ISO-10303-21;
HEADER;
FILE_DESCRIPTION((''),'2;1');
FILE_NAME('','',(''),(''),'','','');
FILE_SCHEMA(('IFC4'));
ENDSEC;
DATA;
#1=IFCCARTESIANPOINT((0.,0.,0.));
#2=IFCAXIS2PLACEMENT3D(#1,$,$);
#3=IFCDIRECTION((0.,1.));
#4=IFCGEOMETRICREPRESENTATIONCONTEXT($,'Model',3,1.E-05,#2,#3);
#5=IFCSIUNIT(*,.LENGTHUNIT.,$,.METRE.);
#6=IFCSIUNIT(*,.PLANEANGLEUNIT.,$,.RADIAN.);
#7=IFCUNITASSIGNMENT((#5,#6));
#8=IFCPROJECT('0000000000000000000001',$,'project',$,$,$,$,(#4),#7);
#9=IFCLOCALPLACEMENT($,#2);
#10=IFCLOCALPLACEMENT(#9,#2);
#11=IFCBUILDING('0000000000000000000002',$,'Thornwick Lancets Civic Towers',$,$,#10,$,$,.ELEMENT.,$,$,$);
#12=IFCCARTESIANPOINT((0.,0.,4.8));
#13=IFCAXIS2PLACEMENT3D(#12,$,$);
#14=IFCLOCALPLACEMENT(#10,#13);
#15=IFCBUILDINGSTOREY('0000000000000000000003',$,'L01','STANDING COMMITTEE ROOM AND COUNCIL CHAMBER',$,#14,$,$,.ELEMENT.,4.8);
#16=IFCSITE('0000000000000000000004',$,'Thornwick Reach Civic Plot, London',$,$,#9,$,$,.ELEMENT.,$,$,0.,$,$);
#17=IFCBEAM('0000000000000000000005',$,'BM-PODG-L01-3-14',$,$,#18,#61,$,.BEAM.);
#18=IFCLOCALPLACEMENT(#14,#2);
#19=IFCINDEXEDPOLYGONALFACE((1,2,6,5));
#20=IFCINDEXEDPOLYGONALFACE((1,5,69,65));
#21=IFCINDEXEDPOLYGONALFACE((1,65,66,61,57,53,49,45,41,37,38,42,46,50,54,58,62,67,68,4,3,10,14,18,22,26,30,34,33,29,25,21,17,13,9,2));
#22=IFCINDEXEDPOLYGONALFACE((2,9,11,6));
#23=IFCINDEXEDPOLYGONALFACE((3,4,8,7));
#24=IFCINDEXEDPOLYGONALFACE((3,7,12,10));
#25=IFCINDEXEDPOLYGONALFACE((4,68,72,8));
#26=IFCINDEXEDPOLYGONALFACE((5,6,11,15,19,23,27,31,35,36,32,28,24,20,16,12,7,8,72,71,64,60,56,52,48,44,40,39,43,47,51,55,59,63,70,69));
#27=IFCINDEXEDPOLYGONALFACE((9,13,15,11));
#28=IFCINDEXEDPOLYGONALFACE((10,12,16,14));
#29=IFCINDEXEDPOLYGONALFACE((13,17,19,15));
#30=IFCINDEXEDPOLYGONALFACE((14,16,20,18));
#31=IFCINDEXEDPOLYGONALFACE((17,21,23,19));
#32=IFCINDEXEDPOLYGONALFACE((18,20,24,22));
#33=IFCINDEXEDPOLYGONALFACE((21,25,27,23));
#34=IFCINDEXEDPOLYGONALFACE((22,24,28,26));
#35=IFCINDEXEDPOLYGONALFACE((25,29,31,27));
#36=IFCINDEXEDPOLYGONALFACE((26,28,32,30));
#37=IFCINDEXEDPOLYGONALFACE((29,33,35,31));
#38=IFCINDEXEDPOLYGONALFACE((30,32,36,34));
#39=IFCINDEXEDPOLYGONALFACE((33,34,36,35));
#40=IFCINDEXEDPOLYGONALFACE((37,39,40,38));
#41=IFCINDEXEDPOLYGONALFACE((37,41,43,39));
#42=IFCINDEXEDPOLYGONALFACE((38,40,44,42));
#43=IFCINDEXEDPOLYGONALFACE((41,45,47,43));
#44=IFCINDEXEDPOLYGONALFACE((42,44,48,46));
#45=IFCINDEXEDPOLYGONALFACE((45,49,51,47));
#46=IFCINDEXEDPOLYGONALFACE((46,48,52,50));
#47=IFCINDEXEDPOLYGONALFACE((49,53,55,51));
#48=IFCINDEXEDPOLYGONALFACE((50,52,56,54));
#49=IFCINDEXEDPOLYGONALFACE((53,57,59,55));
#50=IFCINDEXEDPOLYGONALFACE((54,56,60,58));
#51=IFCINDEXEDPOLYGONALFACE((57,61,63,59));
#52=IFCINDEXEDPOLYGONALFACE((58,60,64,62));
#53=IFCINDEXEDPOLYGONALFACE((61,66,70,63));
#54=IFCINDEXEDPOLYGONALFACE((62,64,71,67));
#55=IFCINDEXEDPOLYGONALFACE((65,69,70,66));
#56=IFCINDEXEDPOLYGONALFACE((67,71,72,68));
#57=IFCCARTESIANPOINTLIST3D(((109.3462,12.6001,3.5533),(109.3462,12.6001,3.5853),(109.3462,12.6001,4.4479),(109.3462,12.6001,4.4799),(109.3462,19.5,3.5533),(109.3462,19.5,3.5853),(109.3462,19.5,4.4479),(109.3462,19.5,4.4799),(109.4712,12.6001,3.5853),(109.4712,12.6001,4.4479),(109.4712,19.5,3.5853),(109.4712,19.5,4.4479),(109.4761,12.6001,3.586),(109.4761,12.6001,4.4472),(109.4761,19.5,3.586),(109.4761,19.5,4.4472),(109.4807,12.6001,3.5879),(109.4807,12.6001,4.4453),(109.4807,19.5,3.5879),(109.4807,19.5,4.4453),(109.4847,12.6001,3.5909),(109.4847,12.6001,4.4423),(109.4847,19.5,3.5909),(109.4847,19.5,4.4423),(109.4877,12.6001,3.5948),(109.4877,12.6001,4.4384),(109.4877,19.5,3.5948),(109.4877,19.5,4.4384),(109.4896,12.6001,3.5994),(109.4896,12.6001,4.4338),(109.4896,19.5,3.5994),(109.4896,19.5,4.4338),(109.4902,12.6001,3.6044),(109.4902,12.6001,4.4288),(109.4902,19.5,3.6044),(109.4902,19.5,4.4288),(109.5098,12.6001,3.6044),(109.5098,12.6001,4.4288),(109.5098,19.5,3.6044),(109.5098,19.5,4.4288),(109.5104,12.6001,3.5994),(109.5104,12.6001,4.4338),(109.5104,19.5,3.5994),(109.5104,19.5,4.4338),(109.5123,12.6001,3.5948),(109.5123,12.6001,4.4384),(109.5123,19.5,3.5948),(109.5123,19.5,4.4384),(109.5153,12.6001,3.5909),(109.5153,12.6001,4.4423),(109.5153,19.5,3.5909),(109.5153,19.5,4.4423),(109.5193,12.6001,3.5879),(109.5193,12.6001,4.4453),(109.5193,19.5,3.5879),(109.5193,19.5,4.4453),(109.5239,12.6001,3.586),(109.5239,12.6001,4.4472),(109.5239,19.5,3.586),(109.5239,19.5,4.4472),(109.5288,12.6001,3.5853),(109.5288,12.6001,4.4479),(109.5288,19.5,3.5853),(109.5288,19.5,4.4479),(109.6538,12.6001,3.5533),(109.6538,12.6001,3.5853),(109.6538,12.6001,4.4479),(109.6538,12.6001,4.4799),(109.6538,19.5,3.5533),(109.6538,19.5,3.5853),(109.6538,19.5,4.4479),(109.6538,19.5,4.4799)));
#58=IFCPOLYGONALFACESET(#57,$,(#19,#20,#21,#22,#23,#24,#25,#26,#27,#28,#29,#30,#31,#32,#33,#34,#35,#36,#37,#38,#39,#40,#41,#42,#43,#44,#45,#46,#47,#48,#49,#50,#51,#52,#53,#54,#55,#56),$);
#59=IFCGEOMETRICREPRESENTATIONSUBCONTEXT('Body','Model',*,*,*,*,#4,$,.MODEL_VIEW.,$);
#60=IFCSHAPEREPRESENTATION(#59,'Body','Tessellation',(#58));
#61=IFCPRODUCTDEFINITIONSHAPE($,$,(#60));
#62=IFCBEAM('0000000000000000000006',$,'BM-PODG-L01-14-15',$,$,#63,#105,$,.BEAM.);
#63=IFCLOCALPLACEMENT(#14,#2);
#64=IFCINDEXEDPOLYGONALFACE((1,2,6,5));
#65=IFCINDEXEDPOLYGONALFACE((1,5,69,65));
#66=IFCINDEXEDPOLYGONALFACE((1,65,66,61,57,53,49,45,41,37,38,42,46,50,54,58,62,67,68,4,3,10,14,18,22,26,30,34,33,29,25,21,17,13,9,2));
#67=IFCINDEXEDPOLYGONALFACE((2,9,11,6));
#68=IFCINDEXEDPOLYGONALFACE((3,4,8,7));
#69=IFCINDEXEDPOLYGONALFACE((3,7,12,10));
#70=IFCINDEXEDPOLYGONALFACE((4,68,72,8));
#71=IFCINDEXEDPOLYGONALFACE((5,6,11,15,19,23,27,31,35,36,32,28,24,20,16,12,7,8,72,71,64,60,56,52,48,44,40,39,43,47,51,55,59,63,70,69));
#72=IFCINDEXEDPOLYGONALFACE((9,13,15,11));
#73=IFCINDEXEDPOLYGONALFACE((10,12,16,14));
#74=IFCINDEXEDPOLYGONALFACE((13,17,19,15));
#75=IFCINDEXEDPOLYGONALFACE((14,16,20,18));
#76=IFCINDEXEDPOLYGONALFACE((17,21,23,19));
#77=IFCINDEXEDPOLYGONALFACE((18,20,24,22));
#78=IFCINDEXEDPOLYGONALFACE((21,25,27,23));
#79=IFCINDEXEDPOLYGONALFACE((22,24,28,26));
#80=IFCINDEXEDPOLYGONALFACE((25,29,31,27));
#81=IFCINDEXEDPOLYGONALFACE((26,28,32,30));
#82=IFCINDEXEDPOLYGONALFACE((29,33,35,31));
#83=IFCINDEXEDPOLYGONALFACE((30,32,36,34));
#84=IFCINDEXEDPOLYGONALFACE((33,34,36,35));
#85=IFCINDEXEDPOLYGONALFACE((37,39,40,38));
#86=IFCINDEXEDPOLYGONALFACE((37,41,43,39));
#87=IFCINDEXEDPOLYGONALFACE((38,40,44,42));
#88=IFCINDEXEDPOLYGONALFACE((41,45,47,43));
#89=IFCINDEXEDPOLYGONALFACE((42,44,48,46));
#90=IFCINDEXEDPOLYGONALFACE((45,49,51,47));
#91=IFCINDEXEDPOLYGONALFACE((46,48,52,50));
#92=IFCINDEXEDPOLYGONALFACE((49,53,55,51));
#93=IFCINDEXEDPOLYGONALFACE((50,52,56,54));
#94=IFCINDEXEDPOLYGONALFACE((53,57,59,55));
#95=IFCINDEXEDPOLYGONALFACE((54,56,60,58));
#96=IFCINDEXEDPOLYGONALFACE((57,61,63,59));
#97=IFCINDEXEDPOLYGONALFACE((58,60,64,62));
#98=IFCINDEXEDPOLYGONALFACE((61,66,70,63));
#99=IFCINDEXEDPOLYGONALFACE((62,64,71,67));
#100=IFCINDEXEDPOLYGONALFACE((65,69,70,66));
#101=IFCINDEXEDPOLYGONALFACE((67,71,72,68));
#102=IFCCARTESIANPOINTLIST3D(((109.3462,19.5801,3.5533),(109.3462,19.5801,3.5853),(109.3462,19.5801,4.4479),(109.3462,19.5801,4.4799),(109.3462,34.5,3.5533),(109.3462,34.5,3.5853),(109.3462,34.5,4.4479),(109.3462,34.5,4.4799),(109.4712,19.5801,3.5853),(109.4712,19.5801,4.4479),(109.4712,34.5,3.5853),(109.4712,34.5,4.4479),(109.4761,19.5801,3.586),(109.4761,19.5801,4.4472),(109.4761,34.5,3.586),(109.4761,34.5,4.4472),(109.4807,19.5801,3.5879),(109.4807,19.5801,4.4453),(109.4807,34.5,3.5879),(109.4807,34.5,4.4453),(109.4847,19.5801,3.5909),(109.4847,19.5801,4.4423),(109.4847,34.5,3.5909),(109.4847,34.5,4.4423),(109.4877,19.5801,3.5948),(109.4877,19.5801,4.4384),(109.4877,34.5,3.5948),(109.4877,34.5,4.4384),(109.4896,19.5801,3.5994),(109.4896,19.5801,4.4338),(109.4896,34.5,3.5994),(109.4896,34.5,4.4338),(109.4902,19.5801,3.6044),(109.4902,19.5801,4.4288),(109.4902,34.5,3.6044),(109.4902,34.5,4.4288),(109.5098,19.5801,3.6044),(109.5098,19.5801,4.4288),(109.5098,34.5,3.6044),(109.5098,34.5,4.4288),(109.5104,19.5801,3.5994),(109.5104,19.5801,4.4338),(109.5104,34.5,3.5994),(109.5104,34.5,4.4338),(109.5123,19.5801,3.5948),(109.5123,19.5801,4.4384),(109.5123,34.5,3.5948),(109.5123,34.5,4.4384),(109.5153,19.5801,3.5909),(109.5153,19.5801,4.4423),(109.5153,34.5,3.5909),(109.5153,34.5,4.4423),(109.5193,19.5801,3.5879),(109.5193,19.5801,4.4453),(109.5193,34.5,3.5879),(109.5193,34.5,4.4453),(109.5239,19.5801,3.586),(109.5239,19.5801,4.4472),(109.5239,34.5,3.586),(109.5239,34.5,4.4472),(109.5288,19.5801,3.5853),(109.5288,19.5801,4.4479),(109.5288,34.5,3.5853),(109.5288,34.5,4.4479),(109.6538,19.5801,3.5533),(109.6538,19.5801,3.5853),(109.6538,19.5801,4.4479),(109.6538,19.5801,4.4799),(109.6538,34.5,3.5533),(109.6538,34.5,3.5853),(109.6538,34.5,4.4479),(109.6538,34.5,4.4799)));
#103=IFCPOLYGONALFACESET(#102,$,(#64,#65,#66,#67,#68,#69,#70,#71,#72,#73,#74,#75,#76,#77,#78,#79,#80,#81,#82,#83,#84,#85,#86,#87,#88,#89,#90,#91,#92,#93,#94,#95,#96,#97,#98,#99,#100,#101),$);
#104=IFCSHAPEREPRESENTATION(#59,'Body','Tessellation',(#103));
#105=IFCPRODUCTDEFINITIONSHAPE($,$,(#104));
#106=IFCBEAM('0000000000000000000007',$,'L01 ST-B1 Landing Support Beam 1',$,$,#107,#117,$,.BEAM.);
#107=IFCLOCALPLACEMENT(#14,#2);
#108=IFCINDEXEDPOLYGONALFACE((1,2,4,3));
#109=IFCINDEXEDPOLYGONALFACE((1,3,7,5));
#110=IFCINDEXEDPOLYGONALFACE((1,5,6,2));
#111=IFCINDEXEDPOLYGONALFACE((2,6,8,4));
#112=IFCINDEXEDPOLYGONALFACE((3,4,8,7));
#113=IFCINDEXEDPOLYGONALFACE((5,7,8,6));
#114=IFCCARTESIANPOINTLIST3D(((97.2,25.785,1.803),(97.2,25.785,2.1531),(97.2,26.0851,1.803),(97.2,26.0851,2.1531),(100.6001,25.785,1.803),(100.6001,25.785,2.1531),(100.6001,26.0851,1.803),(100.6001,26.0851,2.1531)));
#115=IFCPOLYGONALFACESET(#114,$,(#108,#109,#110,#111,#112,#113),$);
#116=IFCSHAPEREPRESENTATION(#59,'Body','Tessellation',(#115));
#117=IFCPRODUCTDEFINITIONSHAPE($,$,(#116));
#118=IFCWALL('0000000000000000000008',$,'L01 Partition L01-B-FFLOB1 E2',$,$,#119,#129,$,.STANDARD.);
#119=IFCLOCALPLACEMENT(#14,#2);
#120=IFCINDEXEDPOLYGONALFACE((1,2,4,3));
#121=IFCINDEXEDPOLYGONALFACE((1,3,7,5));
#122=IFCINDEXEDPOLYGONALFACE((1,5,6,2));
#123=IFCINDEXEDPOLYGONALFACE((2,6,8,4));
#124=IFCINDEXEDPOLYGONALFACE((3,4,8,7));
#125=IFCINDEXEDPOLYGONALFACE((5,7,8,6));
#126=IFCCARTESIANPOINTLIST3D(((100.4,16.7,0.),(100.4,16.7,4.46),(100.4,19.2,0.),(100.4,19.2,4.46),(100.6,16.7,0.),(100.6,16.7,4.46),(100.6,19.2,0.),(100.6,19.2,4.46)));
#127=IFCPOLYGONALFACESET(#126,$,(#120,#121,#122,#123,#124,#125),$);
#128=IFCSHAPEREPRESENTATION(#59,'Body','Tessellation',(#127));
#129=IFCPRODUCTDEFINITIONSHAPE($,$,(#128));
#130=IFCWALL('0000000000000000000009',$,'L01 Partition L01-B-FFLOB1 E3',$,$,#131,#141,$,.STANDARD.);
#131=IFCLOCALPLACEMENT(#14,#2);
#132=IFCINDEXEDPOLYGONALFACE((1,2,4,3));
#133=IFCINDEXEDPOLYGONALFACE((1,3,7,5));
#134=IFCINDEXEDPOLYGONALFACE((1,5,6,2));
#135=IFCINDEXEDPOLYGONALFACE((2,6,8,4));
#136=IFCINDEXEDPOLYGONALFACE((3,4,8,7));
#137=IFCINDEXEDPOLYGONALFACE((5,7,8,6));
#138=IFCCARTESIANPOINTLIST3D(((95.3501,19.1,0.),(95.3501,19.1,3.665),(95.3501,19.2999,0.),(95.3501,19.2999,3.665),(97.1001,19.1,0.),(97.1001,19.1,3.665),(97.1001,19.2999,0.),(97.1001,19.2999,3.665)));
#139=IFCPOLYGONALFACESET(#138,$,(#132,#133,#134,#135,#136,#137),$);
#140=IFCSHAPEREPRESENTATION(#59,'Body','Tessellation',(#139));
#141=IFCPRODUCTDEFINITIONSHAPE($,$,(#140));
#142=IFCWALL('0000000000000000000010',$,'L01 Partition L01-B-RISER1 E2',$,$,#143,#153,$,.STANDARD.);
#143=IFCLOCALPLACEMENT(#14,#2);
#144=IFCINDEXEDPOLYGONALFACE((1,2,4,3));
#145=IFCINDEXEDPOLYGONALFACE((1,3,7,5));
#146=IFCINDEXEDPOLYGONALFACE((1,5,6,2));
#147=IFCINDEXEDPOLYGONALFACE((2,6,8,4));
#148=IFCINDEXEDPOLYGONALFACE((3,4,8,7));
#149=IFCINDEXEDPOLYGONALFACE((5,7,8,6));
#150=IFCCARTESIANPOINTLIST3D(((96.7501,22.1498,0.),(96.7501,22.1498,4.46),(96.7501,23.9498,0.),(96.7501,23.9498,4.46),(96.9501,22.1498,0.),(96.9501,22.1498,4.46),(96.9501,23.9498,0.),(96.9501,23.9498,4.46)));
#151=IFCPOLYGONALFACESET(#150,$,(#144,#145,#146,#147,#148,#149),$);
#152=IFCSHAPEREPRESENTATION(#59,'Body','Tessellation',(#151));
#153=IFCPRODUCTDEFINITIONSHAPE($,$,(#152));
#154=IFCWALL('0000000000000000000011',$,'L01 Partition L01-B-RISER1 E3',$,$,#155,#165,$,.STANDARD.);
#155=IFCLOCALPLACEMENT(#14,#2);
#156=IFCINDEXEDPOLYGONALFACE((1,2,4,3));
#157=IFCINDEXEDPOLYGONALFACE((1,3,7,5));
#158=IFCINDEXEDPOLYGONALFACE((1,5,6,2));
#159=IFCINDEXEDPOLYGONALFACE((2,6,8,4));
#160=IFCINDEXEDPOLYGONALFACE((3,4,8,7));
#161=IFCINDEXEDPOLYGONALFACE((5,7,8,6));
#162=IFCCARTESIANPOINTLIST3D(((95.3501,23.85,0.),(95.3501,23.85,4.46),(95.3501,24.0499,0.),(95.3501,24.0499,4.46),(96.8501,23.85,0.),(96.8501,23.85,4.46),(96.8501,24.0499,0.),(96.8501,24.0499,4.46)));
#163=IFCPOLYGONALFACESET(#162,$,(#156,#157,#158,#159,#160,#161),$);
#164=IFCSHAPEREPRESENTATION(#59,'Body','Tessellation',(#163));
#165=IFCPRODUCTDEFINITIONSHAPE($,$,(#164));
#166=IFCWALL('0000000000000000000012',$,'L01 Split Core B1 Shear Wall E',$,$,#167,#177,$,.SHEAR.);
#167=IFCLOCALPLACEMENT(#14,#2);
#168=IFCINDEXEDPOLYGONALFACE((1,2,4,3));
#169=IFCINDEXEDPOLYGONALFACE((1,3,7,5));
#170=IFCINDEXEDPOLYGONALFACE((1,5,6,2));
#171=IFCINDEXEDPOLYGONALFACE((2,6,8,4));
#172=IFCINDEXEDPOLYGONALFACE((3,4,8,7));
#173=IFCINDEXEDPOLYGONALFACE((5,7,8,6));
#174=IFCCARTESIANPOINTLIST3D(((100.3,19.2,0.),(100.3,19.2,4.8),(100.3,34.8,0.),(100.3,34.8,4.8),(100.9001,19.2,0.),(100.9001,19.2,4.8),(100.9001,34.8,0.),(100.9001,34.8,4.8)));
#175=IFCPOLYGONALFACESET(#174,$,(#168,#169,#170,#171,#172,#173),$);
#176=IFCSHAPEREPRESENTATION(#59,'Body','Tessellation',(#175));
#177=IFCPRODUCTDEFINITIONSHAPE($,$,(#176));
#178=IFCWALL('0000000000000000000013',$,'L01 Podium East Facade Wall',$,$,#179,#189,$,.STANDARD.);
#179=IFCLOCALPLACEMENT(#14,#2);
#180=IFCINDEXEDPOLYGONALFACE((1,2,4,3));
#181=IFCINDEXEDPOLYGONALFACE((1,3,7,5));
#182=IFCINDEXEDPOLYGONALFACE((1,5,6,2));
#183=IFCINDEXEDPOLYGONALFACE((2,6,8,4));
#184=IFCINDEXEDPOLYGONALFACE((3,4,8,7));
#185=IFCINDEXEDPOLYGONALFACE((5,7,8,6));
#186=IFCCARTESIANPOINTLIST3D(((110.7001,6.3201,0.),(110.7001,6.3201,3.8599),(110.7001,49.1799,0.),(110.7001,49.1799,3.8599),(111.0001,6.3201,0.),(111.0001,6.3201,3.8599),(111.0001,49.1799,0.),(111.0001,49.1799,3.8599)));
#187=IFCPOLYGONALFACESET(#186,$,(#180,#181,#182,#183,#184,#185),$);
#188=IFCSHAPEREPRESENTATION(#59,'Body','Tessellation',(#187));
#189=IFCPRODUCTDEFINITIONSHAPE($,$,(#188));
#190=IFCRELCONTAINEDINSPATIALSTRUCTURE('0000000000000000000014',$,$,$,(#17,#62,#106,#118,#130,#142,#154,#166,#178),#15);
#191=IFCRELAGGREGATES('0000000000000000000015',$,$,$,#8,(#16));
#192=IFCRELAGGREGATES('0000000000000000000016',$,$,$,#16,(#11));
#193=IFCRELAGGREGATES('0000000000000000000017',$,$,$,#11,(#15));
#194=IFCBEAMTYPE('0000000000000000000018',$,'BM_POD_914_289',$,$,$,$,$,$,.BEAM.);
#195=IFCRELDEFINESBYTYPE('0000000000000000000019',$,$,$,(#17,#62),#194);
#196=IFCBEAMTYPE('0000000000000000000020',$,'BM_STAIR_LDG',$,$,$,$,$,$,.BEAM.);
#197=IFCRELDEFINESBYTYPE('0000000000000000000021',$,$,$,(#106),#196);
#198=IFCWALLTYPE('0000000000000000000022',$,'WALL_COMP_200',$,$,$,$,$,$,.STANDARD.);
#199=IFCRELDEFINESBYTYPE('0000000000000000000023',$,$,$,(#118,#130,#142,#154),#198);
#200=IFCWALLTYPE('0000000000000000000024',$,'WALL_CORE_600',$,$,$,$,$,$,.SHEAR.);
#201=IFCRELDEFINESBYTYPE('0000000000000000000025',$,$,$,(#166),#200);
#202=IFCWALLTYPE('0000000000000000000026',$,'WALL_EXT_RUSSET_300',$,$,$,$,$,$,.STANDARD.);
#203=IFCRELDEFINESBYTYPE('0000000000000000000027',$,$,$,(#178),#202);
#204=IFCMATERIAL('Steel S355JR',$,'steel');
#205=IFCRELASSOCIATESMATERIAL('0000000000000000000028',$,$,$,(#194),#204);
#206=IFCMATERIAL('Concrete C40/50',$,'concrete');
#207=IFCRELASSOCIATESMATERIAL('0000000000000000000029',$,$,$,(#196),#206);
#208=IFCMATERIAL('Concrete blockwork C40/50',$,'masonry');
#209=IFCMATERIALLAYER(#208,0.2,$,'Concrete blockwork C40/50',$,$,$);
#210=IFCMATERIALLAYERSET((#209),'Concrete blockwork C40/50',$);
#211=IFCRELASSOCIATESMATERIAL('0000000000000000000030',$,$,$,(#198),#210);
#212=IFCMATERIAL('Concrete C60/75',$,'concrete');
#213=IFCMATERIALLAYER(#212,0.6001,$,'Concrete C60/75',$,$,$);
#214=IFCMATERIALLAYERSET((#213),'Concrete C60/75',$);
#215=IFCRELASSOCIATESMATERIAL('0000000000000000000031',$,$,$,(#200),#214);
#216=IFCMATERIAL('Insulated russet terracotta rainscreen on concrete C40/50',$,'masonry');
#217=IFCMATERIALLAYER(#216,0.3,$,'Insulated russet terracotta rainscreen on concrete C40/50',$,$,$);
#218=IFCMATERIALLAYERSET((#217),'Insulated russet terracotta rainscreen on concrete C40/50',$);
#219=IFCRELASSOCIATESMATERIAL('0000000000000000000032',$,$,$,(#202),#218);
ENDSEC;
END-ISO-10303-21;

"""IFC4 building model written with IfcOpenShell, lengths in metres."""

from ifc_helpers import new_model, si_unit, direction, frame, frame_2d, origin, origin_2d, place, context, subcontext, project, spatial, rectangle, i_section, extrude, material, layer, layer_set, material_profile, profile_set, type_object, element, save


model = new_model("IFC4")

# Units and contexts
model_context = context("Model", 3, precision=1e-05, world=origin(), true_north=direction((0.0, 1.0)))
body_context = subcontext(model_context, "Body", "Model", "MODEL_VIEW")
ifc_project = project(units=[si_unit("LENGTHUNIT", "METRE"), si_unit("PLANEANGLEUNIT", "RADIAN")], contexts=[model_context])

# Site, building, storey
site_placement = place(None, origin())
site = spatial("IfcSite", under=ifc_project, at=site_placement, Name="Thornwick Reach Civic Plot, London", CompositionType="ELEMENT", RefElevation=0.0)
building_placement = place(site_placement, origin())
building = spatial("IfcBuilding", under=site, at=building_placement, Name="Thornwick Lancets Civic Towers", CompositionType="ELEMENT")
storey_placement = place(building_placement, frame((0.0, 0.0, 4.8)))
storey = spatial("IfcBuildingStorey", under=building, at=storey_placement, Name="L01", Description="STANDING COMMITTEE ROOM AND COUNCIL CHAMBER", CompositionType="ELEMENT", Elevation=4.8)

# Shared definitions
ifc_material_1 = material(Name="Concrete C60/75", Category="concrete")

# Beams
ifc_material_2 = material(Name="Steel S355JR", Category="steel")
ifc_material_profile_1 = material_profile(ifc_material_2, i_section(OverallWidth=0.3076, OverallDepth=0.9265, WebThickness=0.0195, FlangeThickness=0.032, FilletRadius=0.019, at=origin_2d()), Name="UKB 914x305x289")
ifc_profile_set_1 = profile_set([ifc_material_profile_1], Name="Steel S355JR")
beam_type_1 = type_object("IfcBeamType", Name="BM_POD_914_289", PredefinedType="BEAM", material=ifc_profile_set_1)
beam_1_placement = place(storey_placement, frame((109.5, 12.6001, 4.0166), z_axis=(0.0, 1.0, 0.0), x_axis=(-1.0, 0.0, 0.0)))
element("IfcBeam", 1, at=beam_1_placement, inside=storey, type_object=beam_type_1, Name="BM-PODG-L01-3-14", PredefinedType="BEAM", context=body_context, shape_type="SweptSolid", body=[
    extrude(i_section(OverallWidth=0.3076, OverallDepth=0.9265, WebThickness=0.0195, FlangeThickness=0.032, FilletRadius=0.019, at=origin_2d()), origin(), (0.0, 0.0, 1.0), 6.8999),
])
beam_2_placement = place(storey_placement, frame((109.5, 19.5801, 4.0166), z_axis=(0.0, 1.0, 0.0), x_axis=(-1.0, 0.0, 0.0)))
element("IfcBeam", 2, at=beam_2_placement, inside=storey, type_object=beam_type_1, Name="BM-PODG-L01-14-15", PredefinedType="BEAM", context=body_context, shape_type="SweptSolid", body=[
    extrude(i_section(OverallWidth=0.3076, OverallDepth=0.9265, WebThickness=0.0195, FlangeThickness=0.032, FilletRadius=0.019, at=origin_2d()), origin(), (0.0, 0.0, 1.0), 14.9199),
])
ifc_material_3 = material(Name="Concrete C40/50", Category="concrete")
ifc_material_profile_2 = material_profile(ifc_material_3, rectangle(XDim=0.3, YDim=0.3501, at=origin_2d()), Name="RC 300x350")
ifc_profile_set_2 = profile_set([ifc_material_profile_2], Name="Concrete C40/50")
beam_type_2 = type_object("IfcBeamType", Name="BM_STAIR_LDG", PredefinedType="BEAM", material=ifc_profile_set_2)
beam_3_placement = place(storey_placement, frame((100.6001, 25.9351, 1.978), z_axis=(-1.0, 0.0, 0.0), x_axis=(0.0, -1.0, 0.0)))
element("IfcBeam", 3, at=beam_3_placement, inside=storey, type_object=beam_type_2, Name="L01 ST-B1 Landing Support Beam 1", PredefinedType="BEAM", context=body_context, shape_type="SweptSolid", body=[
    extrude(rectangle(XDim=0.3, YDim=0.3501, at=origin_2d()), origin(), (0.0, 0.0, 1.0), 3.4001),
])

# Walls
ifc_material_4 = material(Name="Concrete blockwork C40/50", Category="masonry")
ifc_layer_1 = layer(ifc_material_4, 0.2, Name="Concrete blockwork C40/50")
ifc_layer_set_1 = layer_set([ifc_layer_1], Name="Concrete blockwork C40/50")
wall_type_1 = type_object("IfcWallType", Name="WALL_COMP_200", PredefinedType="STANDARD", material=ifc_layer_set_1)
wall_1_placement = place(storey_placement, frame((100.5, 16.7, 0.0), z_axis=(0.0, 0.0, 1.0), x_axis=(0.0, 1.0, 0.0)))
element("IfcWall", 4, at=wall_1_placement, inside=storey, type_object=wall_type_1, Name="L01 Partition L01-B-FFLOB1 E2", PredefinedType="STANDARD", context=body_context, shape_type="SweptSolid", body=[
    extrude(rectangle(XDim=2.5, YDim=0.2, at=frame_2d((1.25, 0.0))), origin(), (0.0, 0.0, 1.0), 4.46),
])
wall_2_placement = place(storey_placement, frame((97.1001, 19.2, 0.0), z_axis=(0.0, 0.0, 1.0), x_axis=(-1.0, 0.0, 0.0)))
element("IfcWall", 5, at=wall_2_placement, inside=storey, type_object=wall_type_1, Name="L01 Partition L01-B-FFLOB1 E3", PredefinedType="STANDARD", context=body_context, shape_type="SweptSolid", body=[
    extrude(rectangle(XDim=1.75, YDim=0.2, at=frame_2d((0.875, 0.0))), origin(), (0.0, 0.0, 1.0), 3.665),
])
wall_3_placement = place(storey_placement, frame((96.8501, 22.1499, 0.0), z_axis=(0.0, 0.0, 1.0), x_axis=(0.0, 1.0, 0.0)))
element("IfcWall", 6, at=wall_3_placement, inside=storey, type_object=wall_type_1, Name="L01 Partition L01-B-RISER1 E2", PredefinedType="STANDARD", context=body_context, shape_type="SweptSolid", body=[
    extrude(rectangle(XDim=1.8, YDim=0.2, at=frame_2d((0.8999, 0.0))), origin(), (0.0, 0.0, 1.0), 4.46),
])
wall_4_placement = place(storey_placement, frame((96.8501, 23.95, 0.0), z_axis=(0.0, 0.0, 1.0), x_axis=(-1.0, 0.0, 0.0)))
element("IfcWall", 7, at=wall_4_placement, inside=storey, type_object=wall_type_1, Name="L01 Partition L01-B-RISER1 E3", PredefinedType="STANDARD", context=body_context, shape_type="SweptSolid", body=[
    extrude(rectangle(XDim=1.5, YDim=0.2, at=frame_2d((0.75, 0.0))), origin(), (0.0, 0.0, 1.0), 4.46),
])
ifc_layer_2 = layer(ifc_material_1, 0.6001, Name="Concrete C60/75")
ifc_layer_set_2 = layer_set([ifc_layer_2], Name="Concrete C60/75")
wall_type_2 = type_object("IfcWallType", Name="WALL_CORE_600", PredefinedType="SHEAR", material=ifc_layer_set_2)
wall_5_placement = place(storey_placement, frame((100.6001, 19.2, 0.0), z_axis=(0.0, 0.0, 1.0), x_axis=(0.0, 1.0, 0.0)))
element("IfcWall", 8, at=wall_5_placement, inside=storey, type_object=wall_type_2, Name="L01 Split Core B1 Shear Wall E", PredefinedType="SHEAR", context=body_context, shape_type="SweptSolid", body=[
    extrude(rectangle(XDim=15.6001, YDim=0.6001, at=frame_2d((7.8, 0.0))), origin(), (0.0, 0.0, 1.0), 4.8),
])
ifc_material_5 = material(Name="Insulated russet terracotta rainscreen on concrete C40/50", Category="masonry")
ifc_layer_3 = layer(ifc_material_5, 0.3, Name="Insulated russet terracotta rainscreen on concrete C40/50")
ifc_layer_set_3 = layer_set([ifc_layer_3], Name="Insulated russet terracotta rainscreen on concrete C40/50")
wall_type_3 = type_object("IfcWallType", Name="WALL_EXT_RUSSET_300", PredefinedType="STANDARD", material=ifc_layer_set_3)
wall_6_placement = place(storey_placement, frame((110.8501, 6.3201, 0.0), z_axis=(0.0, 0.0, 1.0), x_axis=(0.0, 1.0, 0.0)))
element("IfcWall", 9, at=wall_6_placement, inside=storey, type_object=wall_type_3, Name="L01 Podium East Facade Wall", PredefinedType="STANDARD", context=body_context, shape_type="SweptSolid", body=[
    extrude(rectangle(XDim=42.8599, YDim=0.3, at=frame_2d((21.4299, 0.0))), origin(), (0.0, 0.0, 1.0), 3.8599),
])

save(model, "model.ifc")
